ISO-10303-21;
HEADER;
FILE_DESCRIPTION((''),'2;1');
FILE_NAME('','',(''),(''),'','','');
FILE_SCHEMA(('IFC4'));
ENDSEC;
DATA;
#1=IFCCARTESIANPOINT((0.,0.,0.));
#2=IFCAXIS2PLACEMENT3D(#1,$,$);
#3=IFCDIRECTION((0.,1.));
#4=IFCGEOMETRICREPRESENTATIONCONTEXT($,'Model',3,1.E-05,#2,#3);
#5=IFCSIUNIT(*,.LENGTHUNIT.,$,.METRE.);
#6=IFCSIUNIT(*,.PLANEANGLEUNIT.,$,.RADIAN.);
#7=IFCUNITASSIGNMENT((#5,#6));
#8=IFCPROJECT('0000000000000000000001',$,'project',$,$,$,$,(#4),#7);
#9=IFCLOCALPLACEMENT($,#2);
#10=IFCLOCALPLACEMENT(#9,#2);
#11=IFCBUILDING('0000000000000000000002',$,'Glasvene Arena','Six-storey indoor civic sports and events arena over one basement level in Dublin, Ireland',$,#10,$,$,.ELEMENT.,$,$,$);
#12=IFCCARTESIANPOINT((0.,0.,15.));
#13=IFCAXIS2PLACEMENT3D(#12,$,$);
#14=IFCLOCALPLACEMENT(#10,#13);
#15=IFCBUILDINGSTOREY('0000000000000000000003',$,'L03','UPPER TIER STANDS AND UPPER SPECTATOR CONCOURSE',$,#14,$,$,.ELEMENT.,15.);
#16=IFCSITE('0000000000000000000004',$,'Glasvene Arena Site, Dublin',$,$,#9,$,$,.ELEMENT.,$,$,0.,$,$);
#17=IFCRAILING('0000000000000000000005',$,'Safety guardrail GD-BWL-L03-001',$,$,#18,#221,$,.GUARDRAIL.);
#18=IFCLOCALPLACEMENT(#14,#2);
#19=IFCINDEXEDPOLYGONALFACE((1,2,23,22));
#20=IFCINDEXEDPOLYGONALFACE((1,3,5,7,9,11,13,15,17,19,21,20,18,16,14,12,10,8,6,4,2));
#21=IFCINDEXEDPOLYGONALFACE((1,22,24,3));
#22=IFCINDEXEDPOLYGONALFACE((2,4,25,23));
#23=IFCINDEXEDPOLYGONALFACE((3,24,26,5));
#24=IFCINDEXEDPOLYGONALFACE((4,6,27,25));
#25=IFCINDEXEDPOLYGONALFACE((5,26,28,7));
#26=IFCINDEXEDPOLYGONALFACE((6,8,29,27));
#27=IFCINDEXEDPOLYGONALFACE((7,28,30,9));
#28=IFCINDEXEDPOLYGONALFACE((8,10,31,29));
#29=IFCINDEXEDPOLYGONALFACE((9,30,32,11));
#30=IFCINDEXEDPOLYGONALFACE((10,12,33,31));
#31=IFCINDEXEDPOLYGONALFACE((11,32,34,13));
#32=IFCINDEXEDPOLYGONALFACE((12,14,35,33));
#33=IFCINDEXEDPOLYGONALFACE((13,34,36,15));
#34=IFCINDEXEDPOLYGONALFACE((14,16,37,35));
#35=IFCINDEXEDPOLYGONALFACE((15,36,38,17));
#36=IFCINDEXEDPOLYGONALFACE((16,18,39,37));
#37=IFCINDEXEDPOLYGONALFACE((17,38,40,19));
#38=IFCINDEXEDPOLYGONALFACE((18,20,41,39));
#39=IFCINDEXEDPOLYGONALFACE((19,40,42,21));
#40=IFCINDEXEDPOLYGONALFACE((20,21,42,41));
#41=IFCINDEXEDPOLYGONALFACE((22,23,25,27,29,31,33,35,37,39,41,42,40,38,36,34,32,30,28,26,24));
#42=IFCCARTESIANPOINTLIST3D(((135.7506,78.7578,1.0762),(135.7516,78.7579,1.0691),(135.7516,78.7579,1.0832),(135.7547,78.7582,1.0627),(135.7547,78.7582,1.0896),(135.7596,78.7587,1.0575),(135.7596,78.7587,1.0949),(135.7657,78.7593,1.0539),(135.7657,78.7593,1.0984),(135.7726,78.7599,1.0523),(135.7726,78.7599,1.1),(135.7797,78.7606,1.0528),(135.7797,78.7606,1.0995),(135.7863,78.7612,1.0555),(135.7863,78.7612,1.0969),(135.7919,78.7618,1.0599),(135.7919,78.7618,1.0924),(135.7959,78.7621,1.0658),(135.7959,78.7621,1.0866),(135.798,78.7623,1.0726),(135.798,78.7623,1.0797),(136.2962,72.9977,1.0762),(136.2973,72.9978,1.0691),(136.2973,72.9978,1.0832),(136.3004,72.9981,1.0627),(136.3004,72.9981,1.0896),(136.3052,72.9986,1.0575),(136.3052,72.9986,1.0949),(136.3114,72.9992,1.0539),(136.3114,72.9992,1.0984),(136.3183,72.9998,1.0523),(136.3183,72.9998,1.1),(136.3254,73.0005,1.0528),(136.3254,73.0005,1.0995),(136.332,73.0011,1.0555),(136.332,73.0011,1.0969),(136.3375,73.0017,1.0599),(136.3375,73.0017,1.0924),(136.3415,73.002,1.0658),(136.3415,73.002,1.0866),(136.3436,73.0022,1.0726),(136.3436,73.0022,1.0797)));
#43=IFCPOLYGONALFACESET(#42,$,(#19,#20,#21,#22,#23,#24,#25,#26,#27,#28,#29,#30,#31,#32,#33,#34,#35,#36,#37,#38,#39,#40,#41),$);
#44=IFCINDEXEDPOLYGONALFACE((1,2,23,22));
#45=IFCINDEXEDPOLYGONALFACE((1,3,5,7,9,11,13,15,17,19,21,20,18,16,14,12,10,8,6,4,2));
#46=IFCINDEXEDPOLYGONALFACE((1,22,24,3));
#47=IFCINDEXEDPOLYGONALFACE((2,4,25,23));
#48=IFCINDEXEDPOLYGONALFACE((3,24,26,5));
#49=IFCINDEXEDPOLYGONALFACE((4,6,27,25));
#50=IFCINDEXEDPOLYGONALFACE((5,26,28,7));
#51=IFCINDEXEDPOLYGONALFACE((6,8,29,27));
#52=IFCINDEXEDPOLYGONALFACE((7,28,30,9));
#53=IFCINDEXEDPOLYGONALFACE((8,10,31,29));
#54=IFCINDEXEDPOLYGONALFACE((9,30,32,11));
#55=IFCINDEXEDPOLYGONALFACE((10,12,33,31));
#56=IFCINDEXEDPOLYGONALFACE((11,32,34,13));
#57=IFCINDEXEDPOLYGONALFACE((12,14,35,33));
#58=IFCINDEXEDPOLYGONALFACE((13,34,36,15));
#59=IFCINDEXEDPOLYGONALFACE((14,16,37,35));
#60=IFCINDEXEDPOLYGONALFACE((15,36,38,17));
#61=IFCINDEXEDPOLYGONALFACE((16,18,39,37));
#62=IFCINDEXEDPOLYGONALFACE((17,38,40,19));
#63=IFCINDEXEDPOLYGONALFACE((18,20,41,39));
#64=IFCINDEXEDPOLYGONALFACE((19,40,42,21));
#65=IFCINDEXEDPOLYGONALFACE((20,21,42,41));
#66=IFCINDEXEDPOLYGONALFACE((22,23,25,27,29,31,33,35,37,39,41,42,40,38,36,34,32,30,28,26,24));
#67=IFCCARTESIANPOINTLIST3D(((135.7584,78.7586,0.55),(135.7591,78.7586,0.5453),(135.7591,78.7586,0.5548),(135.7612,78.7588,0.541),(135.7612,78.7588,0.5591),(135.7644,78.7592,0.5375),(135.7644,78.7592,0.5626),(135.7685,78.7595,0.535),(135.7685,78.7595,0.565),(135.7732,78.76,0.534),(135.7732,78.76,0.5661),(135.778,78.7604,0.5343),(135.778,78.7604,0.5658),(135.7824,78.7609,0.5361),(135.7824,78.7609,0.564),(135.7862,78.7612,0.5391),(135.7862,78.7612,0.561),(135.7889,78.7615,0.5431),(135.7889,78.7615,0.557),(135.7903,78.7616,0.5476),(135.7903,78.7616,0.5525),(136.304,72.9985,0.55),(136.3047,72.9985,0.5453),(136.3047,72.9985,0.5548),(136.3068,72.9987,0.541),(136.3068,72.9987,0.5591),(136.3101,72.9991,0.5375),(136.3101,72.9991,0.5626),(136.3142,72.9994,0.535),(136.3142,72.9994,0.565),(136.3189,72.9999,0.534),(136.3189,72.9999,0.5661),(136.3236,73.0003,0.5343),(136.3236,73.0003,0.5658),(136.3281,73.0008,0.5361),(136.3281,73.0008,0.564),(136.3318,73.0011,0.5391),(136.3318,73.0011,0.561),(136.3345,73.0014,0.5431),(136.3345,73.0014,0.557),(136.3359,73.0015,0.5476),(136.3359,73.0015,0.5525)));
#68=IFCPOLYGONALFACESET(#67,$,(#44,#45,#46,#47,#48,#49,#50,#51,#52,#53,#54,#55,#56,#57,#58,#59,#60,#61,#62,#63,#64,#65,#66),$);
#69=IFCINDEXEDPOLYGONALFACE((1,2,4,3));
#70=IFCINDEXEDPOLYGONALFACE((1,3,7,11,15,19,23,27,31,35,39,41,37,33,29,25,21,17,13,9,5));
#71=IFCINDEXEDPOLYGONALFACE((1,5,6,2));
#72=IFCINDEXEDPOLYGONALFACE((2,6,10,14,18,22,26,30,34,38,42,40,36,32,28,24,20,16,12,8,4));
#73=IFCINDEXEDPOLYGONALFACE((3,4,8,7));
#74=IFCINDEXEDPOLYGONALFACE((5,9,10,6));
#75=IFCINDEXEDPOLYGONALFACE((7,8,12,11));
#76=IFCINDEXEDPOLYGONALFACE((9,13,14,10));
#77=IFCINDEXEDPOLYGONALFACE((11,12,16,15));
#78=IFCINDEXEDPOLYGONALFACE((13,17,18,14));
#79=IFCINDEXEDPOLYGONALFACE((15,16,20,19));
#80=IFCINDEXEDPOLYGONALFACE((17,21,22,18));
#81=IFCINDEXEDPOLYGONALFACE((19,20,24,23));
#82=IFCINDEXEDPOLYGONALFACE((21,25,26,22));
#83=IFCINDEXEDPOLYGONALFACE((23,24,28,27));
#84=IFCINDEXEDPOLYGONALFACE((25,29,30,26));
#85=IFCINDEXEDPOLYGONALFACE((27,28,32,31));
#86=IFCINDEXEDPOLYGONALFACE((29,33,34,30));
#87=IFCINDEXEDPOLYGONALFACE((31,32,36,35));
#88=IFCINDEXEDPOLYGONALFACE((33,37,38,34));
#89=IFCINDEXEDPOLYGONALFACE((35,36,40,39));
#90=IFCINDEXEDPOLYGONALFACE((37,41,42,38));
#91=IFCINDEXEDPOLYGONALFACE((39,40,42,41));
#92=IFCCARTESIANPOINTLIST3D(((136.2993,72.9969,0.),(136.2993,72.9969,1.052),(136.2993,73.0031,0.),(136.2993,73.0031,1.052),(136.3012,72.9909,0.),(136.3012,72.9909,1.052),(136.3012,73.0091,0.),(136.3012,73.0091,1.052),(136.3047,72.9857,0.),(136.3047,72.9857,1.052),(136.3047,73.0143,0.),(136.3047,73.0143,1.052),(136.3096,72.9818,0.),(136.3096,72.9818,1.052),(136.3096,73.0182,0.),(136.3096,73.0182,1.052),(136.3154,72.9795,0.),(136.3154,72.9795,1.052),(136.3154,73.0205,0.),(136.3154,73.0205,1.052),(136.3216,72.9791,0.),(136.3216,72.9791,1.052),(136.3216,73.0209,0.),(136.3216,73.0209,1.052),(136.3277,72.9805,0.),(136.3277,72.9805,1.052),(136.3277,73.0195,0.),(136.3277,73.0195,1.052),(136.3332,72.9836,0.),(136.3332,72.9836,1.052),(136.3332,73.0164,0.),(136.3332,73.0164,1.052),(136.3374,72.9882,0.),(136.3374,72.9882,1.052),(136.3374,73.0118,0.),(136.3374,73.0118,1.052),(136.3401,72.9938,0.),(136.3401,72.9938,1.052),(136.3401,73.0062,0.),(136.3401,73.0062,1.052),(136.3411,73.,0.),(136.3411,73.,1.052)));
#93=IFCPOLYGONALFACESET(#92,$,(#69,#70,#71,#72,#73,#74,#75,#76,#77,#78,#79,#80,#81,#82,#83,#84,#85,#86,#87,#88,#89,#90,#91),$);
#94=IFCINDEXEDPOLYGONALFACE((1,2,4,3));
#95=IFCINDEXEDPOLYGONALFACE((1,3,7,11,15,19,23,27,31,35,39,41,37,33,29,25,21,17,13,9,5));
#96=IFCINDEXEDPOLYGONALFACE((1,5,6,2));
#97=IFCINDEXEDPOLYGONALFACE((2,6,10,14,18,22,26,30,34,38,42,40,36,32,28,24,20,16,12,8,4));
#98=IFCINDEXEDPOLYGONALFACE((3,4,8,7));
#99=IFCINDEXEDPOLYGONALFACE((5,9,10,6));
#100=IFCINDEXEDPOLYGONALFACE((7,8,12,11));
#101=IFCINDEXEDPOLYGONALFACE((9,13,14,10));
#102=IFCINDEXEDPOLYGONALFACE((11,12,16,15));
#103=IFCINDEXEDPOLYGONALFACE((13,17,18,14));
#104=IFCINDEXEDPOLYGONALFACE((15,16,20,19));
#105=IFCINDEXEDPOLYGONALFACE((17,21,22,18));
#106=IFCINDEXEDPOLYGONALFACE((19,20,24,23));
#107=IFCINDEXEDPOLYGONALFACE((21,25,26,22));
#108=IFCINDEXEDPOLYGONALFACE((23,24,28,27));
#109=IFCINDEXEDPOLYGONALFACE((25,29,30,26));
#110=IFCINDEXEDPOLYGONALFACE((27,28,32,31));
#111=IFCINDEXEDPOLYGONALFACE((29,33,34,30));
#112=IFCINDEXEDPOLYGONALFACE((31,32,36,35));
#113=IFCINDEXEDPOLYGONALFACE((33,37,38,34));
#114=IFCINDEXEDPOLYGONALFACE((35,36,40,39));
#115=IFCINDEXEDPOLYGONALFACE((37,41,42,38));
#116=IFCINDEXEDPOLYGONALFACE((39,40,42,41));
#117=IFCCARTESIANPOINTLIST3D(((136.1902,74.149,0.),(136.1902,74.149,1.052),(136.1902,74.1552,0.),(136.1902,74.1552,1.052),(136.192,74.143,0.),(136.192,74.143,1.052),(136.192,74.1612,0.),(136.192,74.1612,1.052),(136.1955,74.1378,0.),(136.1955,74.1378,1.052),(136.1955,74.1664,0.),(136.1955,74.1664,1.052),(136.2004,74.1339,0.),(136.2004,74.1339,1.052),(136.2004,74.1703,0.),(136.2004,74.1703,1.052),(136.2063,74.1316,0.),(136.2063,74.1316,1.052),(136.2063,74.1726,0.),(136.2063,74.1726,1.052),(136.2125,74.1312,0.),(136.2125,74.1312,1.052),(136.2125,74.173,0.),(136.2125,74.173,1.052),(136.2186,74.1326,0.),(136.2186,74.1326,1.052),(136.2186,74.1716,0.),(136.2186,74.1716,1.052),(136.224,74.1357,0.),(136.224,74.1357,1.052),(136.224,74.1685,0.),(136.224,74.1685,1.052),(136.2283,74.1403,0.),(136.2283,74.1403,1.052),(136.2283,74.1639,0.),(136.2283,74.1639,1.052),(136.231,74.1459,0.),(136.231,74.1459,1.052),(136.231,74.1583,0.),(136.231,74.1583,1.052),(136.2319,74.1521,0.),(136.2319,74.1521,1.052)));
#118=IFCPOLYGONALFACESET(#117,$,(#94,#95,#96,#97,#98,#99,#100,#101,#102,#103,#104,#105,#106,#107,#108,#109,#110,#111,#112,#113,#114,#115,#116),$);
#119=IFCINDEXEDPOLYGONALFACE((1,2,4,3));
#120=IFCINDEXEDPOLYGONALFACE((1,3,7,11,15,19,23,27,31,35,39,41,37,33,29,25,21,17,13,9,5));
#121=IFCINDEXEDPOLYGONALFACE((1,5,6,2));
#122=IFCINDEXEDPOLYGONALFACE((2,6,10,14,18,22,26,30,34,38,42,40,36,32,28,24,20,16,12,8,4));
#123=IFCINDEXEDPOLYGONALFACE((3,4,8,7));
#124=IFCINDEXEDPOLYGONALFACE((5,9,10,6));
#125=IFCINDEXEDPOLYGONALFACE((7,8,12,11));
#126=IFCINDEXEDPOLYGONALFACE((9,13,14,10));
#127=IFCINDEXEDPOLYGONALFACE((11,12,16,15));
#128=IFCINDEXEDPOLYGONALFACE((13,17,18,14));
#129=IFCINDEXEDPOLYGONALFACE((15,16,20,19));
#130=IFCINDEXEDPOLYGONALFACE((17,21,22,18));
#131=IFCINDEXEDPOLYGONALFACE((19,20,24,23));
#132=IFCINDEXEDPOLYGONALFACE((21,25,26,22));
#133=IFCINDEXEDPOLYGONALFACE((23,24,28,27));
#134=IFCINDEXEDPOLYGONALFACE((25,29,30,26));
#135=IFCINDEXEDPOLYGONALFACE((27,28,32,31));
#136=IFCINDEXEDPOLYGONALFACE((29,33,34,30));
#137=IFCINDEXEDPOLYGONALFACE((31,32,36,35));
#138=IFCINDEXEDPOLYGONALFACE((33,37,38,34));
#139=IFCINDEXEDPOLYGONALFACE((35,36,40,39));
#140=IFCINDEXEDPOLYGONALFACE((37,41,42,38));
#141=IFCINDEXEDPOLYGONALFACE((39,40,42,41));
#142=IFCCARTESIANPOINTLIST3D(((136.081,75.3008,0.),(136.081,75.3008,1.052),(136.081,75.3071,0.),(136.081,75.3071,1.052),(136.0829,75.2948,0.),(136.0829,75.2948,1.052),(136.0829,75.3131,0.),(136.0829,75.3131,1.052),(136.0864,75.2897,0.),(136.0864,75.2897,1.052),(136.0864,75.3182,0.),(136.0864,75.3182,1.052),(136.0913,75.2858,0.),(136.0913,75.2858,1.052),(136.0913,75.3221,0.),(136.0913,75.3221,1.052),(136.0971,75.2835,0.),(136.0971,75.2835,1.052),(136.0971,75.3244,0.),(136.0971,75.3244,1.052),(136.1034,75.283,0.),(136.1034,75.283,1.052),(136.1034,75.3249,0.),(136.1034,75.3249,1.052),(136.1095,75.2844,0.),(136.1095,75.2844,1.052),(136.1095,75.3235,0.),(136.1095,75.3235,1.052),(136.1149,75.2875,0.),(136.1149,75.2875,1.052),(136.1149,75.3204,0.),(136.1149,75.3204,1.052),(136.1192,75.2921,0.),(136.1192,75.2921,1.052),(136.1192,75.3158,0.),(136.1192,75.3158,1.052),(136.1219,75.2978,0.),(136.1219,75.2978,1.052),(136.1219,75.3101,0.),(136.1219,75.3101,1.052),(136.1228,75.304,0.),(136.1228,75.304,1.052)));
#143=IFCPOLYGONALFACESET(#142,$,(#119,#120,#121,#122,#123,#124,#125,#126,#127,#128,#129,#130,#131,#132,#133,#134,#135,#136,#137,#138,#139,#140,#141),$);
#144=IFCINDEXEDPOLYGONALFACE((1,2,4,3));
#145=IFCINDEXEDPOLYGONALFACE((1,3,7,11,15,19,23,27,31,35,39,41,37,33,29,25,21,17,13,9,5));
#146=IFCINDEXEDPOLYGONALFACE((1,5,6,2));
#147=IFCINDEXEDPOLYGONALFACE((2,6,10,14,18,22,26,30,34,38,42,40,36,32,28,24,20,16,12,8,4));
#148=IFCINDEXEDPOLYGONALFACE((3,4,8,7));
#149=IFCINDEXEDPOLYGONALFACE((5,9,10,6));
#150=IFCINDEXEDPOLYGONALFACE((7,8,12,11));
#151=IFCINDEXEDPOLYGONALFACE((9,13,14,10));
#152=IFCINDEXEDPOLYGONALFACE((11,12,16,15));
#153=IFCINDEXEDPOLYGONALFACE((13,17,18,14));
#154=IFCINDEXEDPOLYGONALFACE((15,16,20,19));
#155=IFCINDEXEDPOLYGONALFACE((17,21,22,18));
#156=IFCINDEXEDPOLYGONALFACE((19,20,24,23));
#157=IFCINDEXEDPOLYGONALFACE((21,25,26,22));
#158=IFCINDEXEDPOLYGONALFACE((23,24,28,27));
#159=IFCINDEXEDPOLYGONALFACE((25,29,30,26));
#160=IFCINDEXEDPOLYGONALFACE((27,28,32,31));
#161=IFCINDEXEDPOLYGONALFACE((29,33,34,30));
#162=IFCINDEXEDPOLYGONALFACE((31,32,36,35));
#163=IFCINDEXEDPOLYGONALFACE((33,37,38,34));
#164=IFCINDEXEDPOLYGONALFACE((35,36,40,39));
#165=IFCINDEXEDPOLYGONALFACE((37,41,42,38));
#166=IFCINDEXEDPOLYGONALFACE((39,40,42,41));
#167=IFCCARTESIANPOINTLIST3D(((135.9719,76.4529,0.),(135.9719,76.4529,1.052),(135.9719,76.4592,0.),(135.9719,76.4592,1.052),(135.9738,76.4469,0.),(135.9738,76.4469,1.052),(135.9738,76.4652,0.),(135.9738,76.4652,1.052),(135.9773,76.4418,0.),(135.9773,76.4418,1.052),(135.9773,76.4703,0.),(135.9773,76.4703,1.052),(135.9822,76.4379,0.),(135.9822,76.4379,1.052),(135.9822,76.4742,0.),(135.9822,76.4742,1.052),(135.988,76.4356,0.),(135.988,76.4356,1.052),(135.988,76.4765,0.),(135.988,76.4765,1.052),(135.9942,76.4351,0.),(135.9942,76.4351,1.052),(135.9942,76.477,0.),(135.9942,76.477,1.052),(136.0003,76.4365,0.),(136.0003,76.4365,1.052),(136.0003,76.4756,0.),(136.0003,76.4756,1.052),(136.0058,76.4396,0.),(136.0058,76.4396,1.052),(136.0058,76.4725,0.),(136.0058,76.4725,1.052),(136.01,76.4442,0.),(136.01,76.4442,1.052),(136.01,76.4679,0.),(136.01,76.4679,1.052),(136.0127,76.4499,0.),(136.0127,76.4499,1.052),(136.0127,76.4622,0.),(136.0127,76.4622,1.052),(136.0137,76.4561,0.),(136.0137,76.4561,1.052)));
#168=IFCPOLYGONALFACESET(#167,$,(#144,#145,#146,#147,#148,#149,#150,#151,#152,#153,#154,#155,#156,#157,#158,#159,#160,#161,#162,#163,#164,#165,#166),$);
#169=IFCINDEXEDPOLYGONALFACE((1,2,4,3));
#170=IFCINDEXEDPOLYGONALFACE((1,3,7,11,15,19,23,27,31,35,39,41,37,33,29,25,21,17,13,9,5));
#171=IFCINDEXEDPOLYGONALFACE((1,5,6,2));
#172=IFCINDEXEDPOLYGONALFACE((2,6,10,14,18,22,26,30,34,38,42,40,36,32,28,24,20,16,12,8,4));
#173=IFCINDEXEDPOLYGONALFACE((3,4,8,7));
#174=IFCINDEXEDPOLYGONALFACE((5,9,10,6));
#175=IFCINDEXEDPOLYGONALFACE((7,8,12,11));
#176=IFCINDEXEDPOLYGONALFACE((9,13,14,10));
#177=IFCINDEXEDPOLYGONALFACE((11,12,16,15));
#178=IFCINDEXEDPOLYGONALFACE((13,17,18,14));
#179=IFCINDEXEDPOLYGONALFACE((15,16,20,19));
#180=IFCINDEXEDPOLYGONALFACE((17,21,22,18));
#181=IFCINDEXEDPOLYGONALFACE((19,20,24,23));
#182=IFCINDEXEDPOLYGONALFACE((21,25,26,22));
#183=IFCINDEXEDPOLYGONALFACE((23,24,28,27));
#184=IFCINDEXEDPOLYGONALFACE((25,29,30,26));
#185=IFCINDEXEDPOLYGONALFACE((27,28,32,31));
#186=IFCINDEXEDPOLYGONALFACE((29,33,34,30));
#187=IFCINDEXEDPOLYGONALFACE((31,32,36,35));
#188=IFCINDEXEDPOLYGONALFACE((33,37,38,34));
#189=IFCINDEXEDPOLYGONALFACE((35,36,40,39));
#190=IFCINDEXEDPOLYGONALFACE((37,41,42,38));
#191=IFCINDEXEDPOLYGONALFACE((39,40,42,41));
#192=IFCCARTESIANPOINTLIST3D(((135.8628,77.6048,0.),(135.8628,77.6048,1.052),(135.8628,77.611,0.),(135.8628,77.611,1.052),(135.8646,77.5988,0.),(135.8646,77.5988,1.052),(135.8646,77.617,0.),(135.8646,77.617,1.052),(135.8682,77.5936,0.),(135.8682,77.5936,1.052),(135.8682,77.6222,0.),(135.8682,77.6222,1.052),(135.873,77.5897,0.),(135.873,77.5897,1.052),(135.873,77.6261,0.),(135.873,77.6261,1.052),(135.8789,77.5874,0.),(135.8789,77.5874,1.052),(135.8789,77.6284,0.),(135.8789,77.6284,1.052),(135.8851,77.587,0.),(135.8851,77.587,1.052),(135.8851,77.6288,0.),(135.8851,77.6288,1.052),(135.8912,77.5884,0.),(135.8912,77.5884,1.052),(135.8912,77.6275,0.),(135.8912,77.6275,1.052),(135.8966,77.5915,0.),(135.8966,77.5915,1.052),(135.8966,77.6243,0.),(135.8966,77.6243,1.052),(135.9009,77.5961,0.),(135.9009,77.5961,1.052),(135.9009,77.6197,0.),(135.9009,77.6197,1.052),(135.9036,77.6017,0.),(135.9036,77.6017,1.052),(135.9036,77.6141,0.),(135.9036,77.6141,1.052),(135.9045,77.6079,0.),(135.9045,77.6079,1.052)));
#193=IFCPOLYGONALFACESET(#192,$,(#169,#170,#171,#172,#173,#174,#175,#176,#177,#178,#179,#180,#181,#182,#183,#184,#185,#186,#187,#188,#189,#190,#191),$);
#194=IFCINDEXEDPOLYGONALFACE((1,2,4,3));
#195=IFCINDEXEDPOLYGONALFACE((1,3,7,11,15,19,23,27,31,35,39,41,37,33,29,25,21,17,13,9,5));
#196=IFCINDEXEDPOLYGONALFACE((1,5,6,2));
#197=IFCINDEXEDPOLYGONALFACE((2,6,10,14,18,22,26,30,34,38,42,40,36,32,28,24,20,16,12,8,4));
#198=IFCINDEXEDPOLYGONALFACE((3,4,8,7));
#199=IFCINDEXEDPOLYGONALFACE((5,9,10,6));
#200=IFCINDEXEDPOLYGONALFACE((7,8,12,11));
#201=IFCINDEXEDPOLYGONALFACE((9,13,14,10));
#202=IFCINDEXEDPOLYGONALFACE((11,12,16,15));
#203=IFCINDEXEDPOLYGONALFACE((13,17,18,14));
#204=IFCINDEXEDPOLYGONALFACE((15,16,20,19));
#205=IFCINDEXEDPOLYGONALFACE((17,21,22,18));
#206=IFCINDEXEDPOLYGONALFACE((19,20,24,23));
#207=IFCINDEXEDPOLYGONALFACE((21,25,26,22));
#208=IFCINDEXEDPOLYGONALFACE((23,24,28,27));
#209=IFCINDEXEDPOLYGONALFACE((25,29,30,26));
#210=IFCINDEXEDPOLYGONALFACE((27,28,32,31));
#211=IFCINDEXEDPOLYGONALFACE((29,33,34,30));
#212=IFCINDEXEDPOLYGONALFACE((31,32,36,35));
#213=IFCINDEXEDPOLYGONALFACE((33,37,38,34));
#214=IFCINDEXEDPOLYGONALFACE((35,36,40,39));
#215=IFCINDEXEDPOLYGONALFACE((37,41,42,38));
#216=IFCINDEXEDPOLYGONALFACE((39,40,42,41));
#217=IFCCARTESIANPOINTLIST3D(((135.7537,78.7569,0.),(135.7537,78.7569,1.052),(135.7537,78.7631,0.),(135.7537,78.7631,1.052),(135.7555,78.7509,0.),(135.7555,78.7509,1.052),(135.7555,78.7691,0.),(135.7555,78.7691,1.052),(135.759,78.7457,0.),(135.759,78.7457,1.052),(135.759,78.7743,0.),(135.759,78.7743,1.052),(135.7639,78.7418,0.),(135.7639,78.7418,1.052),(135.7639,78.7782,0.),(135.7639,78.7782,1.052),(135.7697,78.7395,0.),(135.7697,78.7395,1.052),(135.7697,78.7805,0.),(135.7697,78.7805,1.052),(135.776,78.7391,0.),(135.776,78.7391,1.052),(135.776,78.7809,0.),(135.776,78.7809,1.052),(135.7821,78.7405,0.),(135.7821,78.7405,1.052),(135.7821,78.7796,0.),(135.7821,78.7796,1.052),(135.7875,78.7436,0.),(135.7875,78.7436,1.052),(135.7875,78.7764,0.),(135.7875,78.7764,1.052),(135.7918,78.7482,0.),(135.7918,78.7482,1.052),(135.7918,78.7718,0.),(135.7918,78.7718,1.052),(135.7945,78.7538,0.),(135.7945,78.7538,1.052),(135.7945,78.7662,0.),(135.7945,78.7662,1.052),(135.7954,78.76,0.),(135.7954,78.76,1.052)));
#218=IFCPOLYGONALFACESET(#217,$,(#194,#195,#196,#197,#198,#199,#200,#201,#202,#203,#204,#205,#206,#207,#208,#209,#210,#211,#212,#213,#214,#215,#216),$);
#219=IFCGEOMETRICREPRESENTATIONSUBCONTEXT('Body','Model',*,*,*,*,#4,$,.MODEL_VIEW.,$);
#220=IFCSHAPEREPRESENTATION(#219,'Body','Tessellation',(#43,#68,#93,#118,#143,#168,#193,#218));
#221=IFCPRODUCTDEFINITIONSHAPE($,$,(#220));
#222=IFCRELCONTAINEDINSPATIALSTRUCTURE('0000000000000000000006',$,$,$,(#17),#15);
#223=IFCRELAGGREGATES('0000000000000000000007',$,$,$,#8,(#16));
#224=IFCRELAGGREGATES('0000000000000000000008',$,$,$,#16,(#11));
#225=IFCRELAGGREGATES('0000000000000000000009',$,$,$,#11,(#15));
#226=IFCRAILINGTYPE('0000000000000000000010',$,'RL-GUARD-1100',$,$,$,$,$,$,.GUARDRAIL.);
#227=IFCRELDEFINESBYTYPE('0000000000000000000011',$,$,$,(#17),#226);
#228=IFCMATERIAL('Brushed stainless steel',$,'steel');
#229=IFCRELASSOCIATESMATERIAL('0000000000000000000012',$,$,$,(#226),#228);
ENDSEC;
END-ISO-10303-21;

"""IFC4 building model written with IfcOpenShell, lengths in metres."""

from ifc_helpers import new_model, si_unit, direction, frame, origin, origin_2d, place, context, subcontext, project, spatial, circle, extrude, material, type_object, element, save


model = new_model("IFC4")

# Units and contexts
model_context = context("Model", 3, precision=1e-05, world=origin(), true_north=direction((0.0, 1.0)))
body_context = subcontext(model_context, "Body", "Model", "MODEL_VIEW")
ifc_project = project(units=[si_unit("LENGTHUNIT", "METRE"), si_unit("PLANEANGLEUNIT", "RADIAN")], contexts=[model_context])

# Site, building, storey
site_placement = place(None, origin())
site = spatial("IfcSite", under=ifc_project, at=site_placement, Name="Glasvene Arena Site, Dublin", CompositionType="ELEMENT", RefElevation=0.0)
building_placement = place(site_placement, origin())
building = spatial("IfcBuilding", under=site, at=building_placement, Name="Glasvene Arena", Description="Six-storey indoor civic sports and events arena over one basement level in Dublin, Ireland", CompositionType="ELEMENT")
storey_placement = place(building_placement, frame((0.0, 0.0, 15.0)))
storey = spatial("IfcBuildingStorey", under=building, at=storey_placement, Name="L03", Description="UPPER TIER STANDS AND UPPER SPECTATOR CONCOURSE", CompositionType="ELEMENT", Elevation=15.0)

# Railing
ifc_material_1 = material(Name="Brushed stainless steel", Category="steel")
railing_type = type_object("IfcRailingType", Name="RL-GUARD-1100", PredefinedType="GUARDRAIL", material=ifc_material_1)
railing_1_placement = place(storey_placement, frame((136.3201, 73.0, 0.0)))
element("IfcRailing", 1, at=railing_1_placement, inside=storey, type_object=railing_type, Name="Safety guardrail GD-BWL-L03-001", PredefinedType="GUARDRAIL", context=body_context, shape_type="SweptSolid", body=[
    extrude(circle(Radius=0.0239, at=origin_2d()), frame((0.0, 0.0, 1.0762), z_axis=(-0.094309, 0.995543, 0.0), x_axis=(-0.995543, -0.094309, 0.0)), (0.0, 0.0, 1.0), 5.7859),
    extrude(circle(Radius=0.0161, at=origin_2d()), frame((0.0, 0.0, 0.55), z_axis=(-0.094309, 0.995543, 0.0), x_axis=(-0.995543, -0.094309, 0.0)), (0.0, 0.0, 1.0), 5.7859),
    extrude(circle(Radius=0.021, at=origin_2d()), origin(), (0.0, 0.0, 1.0), 1.052),
    extrude(circle(Radius=0.021, at=origin_2d()), frame((-0.1091, 1.1521, 0.0)), (0.0, 0.0, 1.0), 1.052),
    extrude(circle(Radius=0.021, at=origin_2d()), frame((-0.2183, 2.304, 0.0)), (0.0, 0.0, 1.0), 1.052),
    extrude(circle(Radius=0.021, at=origin_2d()), frame((-0.3274, 3.4561, 0.0)), (0.0, 0.0, 1.0), 1.052),
    extrude(circle(Radius=0.021, at=origin_2d()), frame((-0.4365, 4.6079, 0.0)), (0.0, 0.0, 1.0), 1.052),
    extrude(circle(Radius=0.021, at=origin_2d()), frame((-0.5457, 5.76, 0.0)), (0.0, 0.0, 1.0), 1.052),
])

save(model, "model.ifc")
